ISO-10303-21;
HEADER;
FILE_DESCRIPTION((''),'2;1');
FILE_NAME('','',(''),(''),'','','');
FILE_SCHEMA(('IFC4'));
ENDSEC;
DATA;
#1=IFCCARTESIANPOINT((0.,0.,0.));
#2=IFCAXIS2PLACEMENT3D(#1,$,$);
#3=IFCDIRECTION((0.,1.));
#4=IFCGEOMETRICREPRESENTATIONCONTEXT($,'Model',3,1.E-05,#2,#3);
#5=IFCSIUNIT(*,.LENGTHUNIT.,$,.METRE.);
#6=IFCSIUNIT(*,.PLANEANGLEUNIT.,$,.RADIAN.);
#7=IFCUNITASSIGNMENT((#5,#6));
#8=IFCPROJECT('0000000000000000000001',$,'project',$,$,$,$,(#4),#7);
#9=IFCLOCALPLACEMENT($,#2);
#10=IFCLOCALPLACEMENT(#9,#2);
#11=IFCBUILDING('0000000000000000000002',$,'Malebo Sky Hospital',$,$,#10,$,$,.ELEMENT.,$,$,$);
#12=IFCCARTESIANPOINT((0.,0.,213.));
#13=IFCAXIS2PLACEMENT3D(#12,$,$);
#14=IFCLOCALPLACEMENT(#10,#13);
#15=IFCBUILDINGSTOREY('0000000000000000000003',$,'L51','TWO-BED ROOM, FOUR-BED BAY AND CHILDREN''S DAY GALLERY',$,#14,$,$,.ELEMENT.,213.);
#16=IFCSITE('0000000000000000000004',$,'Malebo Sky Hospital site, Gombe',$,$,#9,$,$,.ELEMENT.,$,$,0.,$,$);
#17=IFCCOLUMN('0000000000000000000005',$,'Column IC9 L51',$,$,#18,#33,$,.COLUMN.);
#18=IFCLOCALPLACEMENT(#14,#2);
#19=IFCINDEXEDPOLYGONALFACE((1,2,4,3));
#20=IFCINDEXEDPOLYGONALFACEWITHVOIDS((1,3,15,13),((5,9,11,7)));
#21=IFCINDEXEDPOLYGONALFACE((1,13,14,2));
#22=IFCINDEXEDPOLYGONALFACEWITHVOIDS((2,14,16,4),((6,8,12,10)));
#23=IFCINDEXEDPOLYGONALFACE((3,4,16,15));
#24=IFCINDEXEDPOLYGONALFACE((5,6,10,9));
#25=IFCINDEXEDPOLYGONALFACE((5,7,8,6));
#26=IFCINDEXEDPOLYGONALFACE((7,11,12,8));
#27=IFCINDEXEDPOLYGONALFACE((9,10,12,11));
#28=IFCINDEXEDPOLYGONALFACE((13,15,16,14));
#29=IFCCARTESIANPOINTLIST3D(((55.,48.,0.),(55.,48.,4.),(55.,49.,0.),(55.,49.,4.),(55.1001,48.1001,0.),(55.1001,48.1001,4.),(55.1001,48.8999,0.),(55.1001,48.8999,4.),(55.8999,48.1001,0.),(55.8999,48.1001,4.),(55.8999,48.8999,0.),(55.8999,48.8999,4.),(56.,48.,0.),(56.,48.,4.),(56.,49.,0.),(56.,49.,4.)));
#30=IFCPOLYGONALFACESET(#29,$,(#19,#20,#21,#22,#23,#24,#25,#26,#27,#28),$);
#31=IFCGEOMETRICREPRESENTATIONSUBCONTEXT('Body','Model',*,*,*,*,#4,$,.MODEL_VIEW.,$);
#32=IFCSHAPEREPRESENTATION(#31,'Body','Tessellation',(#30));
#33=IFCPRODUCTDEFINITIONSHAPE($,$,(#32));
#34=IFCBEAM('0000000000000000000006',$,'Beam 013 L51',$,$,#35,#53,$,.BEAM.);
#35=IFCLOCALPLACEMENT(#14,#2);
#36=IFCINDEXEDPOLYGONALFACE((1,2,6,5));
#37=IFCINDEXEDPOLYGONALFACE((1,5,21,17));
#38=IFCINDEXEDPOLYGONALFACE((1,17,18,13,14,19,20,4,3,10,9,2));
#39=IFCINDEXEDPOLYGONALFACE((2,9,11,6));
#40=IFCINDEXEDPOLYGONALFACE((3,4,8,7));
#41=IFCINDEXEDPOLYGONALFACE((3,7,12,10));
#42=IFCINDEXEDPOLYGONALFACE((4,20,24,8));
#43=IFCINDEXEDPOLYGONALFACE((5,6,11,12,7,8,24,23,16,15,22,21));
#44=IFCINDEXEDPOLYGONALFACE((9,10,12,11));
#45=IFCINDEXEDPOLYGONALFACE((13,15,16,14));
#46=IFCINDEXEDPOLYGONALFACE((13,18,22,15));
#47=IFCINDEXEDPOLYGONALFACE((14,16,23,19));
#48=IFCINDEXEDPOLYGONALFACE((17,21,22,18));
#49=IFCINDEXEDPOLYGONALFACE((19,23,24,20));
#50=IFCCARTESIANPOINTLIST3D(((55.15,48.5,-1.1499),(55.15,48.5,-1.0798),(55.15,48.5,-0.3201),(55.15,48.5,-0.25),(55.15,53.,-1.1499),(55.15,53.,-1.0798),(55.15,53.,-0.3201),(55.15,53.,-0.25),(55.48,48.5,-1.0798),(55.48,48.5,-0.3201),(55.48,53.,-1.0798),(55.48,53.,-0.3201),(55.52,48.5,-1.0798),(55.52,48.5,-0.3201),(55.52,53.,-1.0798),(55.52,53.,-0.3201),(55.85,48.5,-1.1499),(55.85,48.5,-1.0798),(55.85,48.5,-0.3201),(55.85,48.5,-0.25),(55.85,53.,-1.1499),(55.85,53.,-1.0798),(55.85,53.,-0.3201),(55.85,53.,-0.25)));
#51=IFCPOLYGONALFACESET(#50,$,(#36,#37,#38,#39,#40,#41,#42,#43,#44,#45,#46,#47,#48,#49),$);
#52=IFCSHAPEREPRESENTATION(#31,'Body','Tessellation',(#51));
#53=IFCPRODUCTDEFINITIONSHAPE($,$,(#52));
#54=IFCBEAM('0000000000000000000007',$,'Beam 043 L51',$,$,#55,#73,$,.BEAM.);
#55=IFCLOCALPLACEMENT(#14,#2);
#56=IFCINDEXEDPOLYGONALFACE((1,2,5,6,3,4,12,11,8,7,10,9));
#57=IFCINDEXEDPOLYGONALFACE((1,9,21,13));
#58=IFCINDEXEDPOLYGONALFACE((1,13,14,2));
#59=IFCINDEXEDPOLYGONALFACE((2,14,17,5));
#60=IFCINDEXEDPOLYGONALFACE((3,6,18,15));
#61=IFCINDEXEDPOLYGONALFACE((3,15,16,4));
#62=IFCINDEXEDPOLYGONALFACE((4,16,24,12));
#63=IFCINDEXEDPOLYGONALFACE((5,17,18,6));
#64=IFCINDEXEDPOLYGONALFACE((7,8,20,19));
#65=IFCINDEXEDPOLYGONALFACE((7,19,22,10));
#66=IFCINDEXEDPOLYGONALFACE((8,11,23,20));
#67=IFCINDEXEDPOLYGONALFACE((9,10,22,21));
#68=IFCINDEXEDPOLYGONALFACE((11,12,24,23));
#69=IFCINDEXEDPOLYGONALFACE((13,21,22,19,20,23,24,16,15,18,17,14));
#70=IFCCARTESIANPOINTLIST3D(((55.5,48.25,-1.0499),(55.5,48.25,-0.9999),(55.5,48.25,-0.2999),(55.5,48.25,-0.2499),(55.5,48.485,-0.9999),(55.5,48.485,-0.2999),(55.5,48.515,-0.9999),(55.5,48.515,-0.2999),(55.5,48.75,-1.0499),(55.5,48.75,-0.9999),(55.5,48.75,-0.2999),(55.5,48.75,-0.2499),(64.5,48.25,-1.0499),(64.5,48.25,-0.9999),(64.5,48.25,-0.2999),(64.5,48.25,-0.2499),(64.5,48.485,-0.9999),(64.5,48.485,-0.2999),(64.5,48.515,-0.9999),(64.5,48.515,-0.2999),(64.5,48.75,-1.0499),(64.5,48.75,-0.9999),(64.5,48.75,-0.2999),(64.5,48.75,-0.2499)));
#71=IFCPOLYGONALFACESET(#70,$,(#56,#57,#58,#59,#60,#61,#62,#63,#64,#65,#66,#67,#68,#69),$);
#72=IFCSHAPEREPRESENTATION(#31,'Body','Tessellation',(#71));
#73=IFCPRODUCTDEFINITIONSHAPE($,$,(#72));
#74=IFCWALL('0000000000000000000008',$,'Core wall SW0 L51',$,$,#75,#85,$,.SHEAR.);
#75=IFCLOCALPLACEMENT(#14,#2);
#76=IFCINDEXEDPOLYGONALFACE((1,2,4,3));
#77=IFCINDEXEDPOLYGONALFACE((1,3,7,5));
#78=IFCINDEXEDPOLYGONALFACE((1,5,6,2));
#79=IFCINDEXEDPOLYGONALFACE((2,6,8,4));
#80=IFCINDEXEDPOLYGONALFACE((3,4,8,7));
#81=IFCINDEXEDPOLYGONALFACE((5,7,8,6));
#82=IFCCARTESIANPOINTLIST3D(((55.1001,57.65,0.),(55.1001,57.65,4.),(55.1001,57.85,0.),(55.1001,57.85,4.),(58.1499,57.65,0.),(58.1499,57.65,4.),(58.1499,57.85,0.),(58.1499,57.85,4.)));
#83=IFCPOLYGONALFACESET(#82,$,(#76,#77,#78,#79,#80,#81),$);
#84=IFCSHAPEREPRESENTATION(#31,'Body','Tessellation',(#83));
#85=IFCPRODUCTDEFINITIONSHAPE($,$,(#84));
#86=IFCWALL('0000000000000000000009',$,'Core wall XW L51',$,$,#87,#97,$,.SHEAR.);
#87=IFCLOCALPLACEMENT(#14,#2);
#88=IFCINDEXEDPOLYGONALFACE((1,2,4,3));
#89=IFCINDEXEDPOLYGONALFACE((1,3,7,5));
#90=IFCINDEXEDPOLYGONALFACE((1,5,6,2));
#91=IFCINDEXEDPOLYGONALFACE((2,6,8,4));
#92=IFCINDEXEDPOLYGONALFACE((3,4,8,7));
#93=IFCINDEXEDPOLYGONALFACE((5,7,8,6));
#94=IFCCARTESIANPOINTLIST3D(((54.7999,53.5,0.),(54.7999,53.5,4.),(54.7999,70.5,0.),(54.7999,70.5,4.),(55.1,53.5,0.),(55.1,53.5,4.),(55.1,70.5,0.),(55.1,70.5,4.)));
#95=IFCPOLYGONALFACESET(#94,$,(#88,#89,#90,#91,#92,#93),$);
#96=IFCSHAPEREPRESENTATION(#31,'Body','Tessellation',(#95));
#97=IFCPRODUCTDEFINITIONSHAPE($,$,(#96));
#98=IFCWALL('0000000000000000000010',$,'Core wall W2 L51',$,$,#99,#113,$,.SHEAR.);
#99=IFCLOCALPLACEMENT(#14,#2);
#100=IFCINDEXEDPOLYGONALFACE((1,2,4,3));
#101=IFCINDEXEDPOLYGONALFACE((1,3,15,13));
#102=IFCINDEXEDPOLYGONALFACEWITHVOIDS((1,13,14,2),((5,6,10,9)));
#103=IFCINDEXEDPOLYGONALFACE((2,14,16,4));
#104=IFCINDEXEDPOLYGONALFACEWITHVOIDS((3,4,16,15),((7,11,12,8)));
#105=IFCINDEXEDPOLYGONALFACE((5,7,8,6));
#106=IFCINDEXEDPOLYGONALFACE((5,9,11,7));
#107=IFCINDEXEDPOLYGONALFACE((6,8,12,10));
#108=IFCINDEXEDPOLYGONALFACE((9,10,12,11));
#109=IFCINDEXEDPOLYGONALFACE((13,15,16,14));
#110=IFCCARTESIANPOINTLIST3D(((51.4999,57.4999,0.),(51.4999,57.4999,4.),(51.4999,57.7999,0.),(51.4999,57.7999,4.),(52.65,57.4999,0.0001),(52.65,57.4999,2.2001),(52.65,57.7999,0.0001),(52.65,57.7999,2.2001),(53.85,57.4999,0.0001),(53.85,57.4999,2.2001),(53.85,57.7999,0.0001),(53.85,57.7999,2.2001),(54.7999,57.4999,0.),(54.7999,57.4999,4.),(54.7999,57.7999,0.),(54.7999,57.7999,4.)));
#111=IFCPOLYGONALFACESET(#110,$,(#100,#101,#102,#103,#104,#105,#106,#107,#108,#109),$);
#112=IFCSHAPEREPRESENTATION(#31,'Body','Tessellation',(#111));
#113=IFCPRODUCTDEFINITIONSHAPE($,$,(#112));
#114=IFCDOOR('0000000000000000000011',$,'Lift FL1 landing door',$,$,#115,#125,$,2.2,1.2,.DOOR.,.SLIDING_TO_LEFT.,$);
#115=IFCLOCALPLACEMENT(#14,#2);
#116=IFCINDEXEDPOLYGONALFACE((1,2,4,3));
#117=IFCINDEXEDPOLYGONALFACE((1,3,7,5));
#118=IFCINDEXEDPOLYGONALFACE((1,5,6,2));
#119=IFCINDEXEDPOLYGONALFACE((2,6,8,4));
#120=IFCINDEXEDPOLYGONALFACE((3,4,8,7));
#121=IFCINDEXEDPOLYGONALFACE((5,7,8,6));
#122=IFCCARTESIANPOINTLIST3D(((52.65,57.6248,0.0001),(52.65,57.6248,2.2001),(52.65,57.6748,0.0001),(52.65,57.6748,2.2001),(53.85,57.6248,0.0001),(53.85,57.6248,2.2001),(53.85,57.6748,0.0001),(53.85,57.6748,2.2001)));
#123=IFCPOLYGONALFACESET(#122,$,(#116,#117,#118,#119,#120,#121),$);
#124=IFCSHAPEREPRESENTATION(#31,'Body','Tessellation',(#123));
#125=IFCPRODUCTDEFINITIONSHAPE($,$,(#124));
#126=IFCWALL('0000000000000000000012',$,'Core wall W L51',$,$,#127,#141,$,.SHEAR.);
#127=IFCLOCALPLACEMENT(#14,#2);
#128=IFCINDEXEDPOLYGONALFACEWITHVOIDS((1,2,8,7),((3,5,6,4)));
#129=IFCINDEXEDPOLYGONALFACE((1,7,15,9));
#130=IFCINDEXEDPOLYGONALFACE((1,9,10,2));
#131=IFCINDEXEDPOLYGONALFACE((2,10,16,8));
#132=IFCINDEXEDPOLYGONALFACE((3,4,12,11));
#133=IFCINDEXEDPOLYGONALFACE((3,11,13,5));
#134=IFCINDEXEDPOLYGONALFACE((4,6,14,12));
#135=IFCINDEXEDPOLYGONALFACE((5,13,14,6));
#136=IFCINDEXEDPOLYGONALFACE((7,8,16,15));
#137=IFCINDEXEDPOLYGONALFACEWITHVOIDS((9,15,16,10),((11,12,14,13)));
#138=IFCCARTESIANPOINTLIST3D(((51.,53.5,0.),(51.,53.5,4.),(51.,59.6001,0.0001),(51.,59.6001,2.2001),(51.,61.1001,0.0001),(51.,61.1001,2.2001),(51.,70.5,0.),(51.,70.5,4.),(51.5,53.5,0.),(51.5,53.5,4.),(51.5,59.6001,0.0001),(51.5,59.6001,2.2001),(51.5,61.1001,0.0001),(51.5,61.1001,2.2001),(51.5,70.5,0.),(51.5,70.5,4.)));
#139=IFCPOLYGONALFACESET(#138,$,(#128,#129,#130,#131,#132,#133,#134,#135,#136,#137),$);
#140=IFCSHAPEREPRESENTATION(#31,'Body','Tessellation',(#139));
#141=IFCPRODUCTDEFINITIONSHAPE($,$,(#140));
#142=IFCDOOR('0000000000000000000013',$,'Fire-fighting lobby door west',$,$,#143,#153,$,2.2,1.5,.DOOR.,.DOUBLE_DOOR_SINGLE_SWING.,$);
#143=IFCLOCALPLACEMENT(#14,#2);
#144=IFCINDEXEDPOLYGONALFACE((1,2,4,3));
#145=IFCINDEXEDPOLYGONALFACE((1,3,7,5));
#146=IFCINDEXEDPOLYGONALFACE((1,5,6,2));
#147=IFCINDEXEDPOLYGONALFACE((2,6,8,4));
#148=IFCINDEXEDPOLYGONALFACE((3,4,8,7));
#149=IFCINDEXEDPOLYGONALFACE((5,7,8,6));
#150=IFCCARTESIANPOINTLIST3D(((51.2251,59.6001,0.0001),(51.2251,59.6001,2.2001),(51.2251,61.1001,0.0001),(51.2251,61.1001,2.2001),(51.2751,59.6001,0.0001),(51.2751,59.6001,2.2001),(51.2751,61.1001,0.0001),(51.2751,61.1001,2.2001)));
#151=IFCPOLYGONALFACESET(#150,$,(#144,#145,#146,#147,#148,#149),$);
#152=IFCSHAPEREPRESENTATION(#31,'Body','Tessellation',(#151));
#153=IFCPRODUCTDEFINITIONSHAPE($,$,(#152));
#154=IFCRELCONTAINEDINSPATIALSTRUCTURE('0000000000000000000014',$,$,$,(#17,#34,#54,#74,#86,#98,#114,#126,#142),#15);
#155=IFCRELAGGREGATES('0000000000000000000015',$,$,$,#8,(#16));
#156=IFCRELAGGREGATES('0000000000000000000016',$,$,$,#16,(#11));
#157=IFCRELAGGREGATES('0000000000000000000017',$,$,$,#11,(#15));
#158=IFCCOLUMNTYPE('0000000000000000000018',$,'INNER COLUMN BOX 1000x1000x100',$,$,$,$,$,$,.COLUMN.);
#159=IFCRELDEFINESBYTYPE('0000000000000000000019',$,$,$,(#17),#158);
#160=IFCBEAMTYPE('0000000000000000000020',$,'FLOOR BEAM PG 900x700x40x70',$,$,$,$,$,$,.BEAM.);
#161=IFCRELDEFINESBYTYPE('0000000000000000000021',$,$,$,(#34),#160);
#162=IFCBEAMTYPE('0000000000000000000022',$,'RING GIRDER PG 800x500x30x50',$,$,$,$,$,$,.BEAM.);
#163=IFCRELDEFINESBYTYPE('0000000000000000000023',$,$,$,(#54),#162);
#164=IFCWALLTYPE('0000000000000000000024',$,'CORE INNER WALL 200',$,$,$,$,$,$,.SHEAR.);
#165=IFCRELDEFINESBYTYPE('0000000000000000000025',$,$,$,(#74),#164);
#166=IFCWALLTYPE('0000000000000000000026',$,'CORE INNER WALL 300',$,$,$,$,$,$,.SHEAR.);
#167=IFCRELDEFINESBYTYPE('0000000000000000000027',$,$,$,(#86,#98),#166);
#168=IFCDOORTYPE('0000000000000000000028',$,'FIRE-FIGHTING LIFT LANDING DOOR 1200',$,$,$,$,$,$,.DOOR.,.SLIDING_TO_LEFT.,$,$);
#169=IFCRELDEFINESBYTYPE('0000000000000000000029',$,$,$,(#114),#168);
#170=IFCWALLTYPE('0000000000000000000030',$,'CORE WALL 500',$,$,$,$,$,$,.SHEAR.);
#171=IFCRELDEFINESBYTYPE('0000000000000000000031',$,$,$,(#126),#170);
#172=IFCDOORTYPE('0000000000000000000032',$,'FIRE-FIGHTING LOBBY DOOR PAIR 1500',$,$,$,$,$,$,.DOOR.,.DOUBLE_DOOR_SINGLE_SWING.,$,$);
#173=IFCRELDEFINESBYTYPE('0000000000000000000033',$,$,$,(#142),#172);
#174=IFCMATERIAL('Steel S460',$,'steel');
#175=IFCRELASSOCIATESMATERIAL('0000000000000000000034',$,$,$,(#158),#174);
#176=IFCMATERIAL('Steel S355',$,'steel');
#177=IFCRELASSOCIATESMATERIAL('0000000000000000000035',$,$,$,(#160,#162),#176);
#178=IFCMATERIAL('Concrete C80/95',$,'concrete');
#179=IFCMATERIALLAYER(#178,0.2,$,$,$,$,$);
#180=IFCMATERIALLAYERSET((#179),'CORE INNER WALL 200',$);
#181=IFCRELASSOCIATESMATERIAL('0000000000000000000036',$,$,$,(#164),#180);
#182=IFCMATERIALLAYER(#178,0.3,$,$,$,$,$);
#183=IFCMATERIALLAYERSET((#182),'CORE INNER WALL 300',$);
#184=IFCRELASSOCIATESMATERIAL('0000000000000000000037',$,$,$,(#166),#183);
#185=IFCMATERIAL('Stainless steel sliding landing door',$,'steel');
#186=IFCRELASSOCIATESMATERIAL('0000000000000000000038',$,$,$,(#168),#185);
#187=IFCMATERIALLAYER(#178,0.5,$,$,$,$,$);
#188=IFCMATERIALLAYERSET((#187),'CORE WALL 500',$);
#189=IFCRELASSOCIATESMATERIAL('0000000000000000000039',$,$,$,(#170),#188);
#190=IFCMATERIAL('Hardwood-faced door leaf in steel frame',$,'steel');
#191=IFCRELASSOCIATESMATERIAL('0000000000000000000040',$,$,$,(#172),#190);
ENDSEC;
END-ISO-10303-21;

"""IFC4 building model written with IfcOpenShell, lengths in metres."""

from ifc_helpers import new_model, si_unit, direction, frame, frame_2d, origin, origin_2d, place, context, subcontext, project, spatial, rectangle, hollow_rectangle, i_section, extrude, material, layer, layer_set, material_profile, profile_set, type_object, element, fill, save


model = new_model("IFC4")

# Units and contexts
model_context = context("Model", 3, precision=1e-05, world=origin(), true_north=direction((0.0, 1.0)))
body_context = subcontext(model_context, "Body", "Model", "MODEL_VIEW")
ifc_project = project(units=[si_unit("LENGTHUNIT", "METRE"), si_unit("PLANEANGLEUNIT", "RADIAN")], contexts=[model_context])

# Site, building, storey
site_placement = place(None, origin())
site = spatial("IfcSite", under=ifc_project, at=site_placement, Name="Malebo Sky Hospital site, Gombe", CompositionType="ELEMENT", RefElevation=0.0)
building_placement = place(site_placement, origin())
building = spatial("IfcBuilding", under=site, at=building_placement, Name="Malebo Sky Hospital", CompositionType="ELEMENT")
storey_placement = place(building_placement, frame((0.0, 0.0, 213.0)))
storey = spatial("IfcBuildingStorey", under=building, at=storey_placement, Name="L51", Description="TWO-BED ROOM, FOUR-BED BAY AND CHILDREN'S DAY GALLERY", CompositionType="ELEMENT", Elevation=213.0)

# Column
ifc_material_1 = material(Name="Steel S460", Category="steel")
ifc_material_profile_1 = material_profile(ifc_material_1, hollow_rectangle(XDim=1.0, YDim=1.0, WallThickness=0.1001, at=origin_2d()), Name="BOX 1000x1000x100")
ifc_profile_set_1 = profile_set([ifc_material_profile_1], Name="Steel S460")
column_type = type_object("IfcColumnType", Name="INNER COLUMN BOX 1000x1000x100", PredefinedType="COLUMN", material=ifc_profile_set_1)
column_placement = place(storey_placement, frame((55.5, 48.5, 0.0), z_axis=(0.0, 0.0, 1.0), x_axis=(1.0, 0.0, 0.0)))
element("IfcColumn", 1, at=column_placement, inside=storey, type_object=column_type, Name="Column IC9 L51", PredefinedType="COLUMN", context=body_context, shape_type="SweptSolid", body=[
    extrude(hollow_rectangle(XDim=1.0, YDim=1.0, WallThickness=0.1001, at=origin_2d()), origin(), (0.0, 0.0, 1.0), 4.0),
])

# Beams
ifc_material_2 = material(Name="Steel S355", Category="steel")
ifc_material_profile_2 = material_profile(ifc_material_2, i_section(OverallWidth=0.7, OverallDepth=0.8999, WebThickness=0.04, FlangeThickness=0.0701, at=origin_2d()), Name="PG 900x700x40x70")
ifc_profile_set_2 = profile_set([ifc_material_profile_2], Name="Steel S355")
beam_type_1 = type_object("IfcBeamType", Name="FLOOR BEAM PG 900x700x40x70", PredefinedType="BEAM", material=ifc_profile_set_2)
beam_1_placement = place(storey_placement, frame((55.5, 48.5, -0.7), z_axis=(0.0, 1.0, 0.0), x_axis=(-1.0, 0.0, 0.0)))
element("IfcBeam", 2, at=beam_1_placement, inside=storey, type_object=beam_type_1, Name="Beam 013 L51", PredefinedType="BEAM", context=body_context, shape_type="SweptSolid", body=[
    extrude(i_section(OverallWidth=0.7, OverallDepth=0.8999, WebThickness=0.04, FlangeThickness=0.0701, at=origin_2d()), origin(), (0.0, 0.0, 1.0), 4.5),
])
ifc_material_profile_3 = material_profile(ifc_material_2, i_section(OverallWidth=0.5, OverallDepth=0.8, WebThickness=0.03, FlangeThickness=0.05, at=origin_2d()), Name="PG 800x500x30x50")
ifc_profile_set_3 = profile_set([ifc_material_profile_3], Name="Steel S355")
beam_type_2 = type_object("IfcBeamType", Name="RING GIRDER PG 800x500x30x50", PredefinedType="BEAM", material=ifc_profile_set_3)
beam_2_placement = place(storey_placement, frame((55.5, 48.5, -0.6499), z_axis=(1.0, 0.0, 0.0), x_axis=(0.0, 1.0, 0.0)))
element("IfcBeam", 3, at=beam_2_placement, inside=storey, type_object=beam_type_2, Name="Beam 043 L51", PredefinedType="BEAM", context=body_context, shape_type="SweptSolid", body=[
    extrude(i_section(OverallWidth=0.5, OverallDepth=0.8, WebThickness=0.03, FlangeThickness=0.05, at=origin_2d()), origin(), (0.0, 0.0, 1.0), 9.0),
])

# Walls
ifc_material_3 = material(Name="Concrete C80/95", Category="concrete")
ifc_layer_1 = layer(ifc_material_3, 0.2)
ifc_layer_set_1 = layer_set([ifc_layer_1], Name="CORE INNER WALL 200")
wall_type_1 = type_object("IfcWallType", Name="CORE INNER WALL 200", PredefinedType="SHEAR", material=ifc_layer_set_1)
wall_1_placement = place(storey_placement, frame((55.1001, 57.75, 0.0), z_axis=(0.0, 0.0, 1.0), x_axis=(1.0, 0.0, 0.0)))
element("IfcWall", 4, at=wall_1_placement, inside=storey, type_object=wall_type_1, Name="Core wall SW0 L51", PredefinedType="SHEAR", context=body_context, shape_type="SweptSolid", body=[
    extrude(rectangle(XDim=3.0498, YDim=0.2, at=frame_2d((1.5249, 0.0))), origin(), (0.0, 0.0, 1.0), 4.0),
])
ifc_layer_2 = layer(ifc_material_3, 0.3)
ifc_layer_set_2 = layer_set([ifc_layer_2], Name="CORE INNER WALL 300")
wall_type_2 = type_object("IfcWallType", Name="CORE INNER WALL 300", PredefinedType="SHEAR", material=ifc_layer_set_2)
wall_2_placement = place(storey_placement, frame((54.95, 53.5, 0.0), z_axis=(0.0, 0.0, 1.0), x_axis=(0.0, 1.0, 0.0)))
element("IfcWall", 5, at=wall_2_placement, inside=storey, type_object=wall_type_2, Name="Core wall XW L51", PredefinedType="SHEAR", context=body_context, shape_type="SweptSolid", body=[
    extrude(rectangle(XDim=17.0, YDim=0.3, at=frame_2d((8.5, 0.0))), origin(), (0.0, 0.0, 1.0), 4.0),
])

# Walls, openings, doors
wall_3_placement = place(storey_placement, frame((51.5, 57.6499, 0.0), z_axis=(0.0, 0.0, 1.0), x_axis=(1.0, 0.0, 0.0)))
wall_3 = element("IfcWall", 6, at=wall_3_placement, inside=storey, type_object=wall_type_2, Name="Core wall W2 L51", PredefinedType="SHEAR", context=body_context, shape_type="SweptSolid", body=[
    extrude(rectangle(XDim=3.3, YDim=0.3, at=frame_2d((1.6499, 0.0))), origin(), (0.0, 0.0, 1.0), 4.0),
])
opening_1_placement = place(wall_3_placement, frame((1.1499, 0.0, 0.0)))
opening_1 = element("IfcOpeningElement", 7, at=opening_1_placement, cuts=wall_3, PredefinedType="OPENING", context=body_context, shape_type="SweptSolid", body=[
    extrude(rectangle(XDim=1.2, YDim=2.2, at=frame_2d((0.6001, 1.1001))), frame((0.0, 0.1599, 0.0), z_axis=(0.0, -1.0, 0.0), x_axis=(1.0, 0.0, 0.0)), (0.0, 0.0, 1.0), 0.3201),
])
ifc_material_4 = material(Name="Stainless steel sliding landing door", Category="steel")
door_type_1 = type_object("IfcDoorType", Name="FIRE-FIGHTING LIFT LANDING DOOR 1200", OperationType="SLIDING_TO_LEFT", PredefinedType="DOOR", material=ifc_material_4)
door_1_placement = place(opening_1_placement, origin())
door_1 = element("IfcDoor", 8, at=door_1_placement, inside=storey, type_object=door_type_1, Name="Lift FL1 landing door", OperationType="SLIDING_TO_LEFT", OverallHeight=2.2, OverallWidth=1.2, PredefinedType="DOOR", context=body_context, shape_type="SweptSolid", body=[
    extrude(rectangle(XDim=1.2, YDim=2.2, at=frame_2d((0.6001, 1.1001))), frame((0.0, 0.0249, 0.0), z_axis=(0.0, -1.0, 0.0), x_axis=(1.0, 0.0, 0.0)), (0.0, 0.0, 1.0), 0.05),
])
fill(opening_1, door_1)
ifc_layer_3 = layer(ifc_material_3, 0.5)
ifc_layer_set_3 = layer_set([ifc_layer_3], Name="CORE WALL 500")
wall_type_3 = type_object("IfcWallType", Name="CORE WALL 500", PredefinedType="SHEAR", material=ifc_layer_set_3)
wall_4_placement = place(storey_placement, frame((51.25, 53.5, 0.0), z_axis=(0.0, 0.0, 1.0), x_axis=(0.0, 1.0, 0.0)))
wall_4 = element("IfcWall", 9, at=wall_4_placement, inside=storey, type_object=wall_type_3, Name="Core wall W L51", PredefinedType="SHEAR", context=body_context, shape_type="SweptSolid", body=[
    extrude(rectangle(XDim=17.0, YDim=0.5, at=frame_2d((8.5, 0.0))), origin(), (0.0, 0.0, 1.0), 4.0),
])
opening_2_placement = place(wall_4_placement, frame((6.1001, 0.0, 0.0)))
opening_2 = element("IfcOpeningElement", 10, at=opening_2_placement, cuts=wall_4, PredefinedType="OPENING", context=body_context, shape_type="SweptSolid", body=[
    extrude(rectangle(XDim=1.5, YDim=2.2, at=frame_2d((0.75, 1.1001))), frame((0.0, 0.26, 0.0), z_axis=(0.0, -1.0, 0.0), x_axis=(1.0, 0.0, 0.0)), (0.0, 0.0, 1.0), 0.52),
])
ifc_material_5 = material(Name="Hardwood-faced door leaf in steel frame", Category="steel")
door_type_2 = type_object("IfcDoorType", Name="FIRE-FIGHTING LOBBY DOOR PAIR 1500", OperationType="DOUBLE_DOOR_SINGLE_SWING", PredefinedType="DOOR", material=ifc_material_5)
door_2_placement = place(opening_2_placement, origin())
door_2 = element("IfcDoor", 11, at=door_2_placement, inside=storey, type_object=door_type_2, Name="Fire-fighting lobby door west", OperationType="DOUBLE_DOOR_SINGLE_SWING", OverallHeight=2.2, OverallWidth=1.5, PredefinedType="DOOR", context=body_context, shape_type="SweptSolid", body=[
    extrude(rectangle(XDim=1.5, YDim=2.2, at=frame_2d((0.75, 1.1001))), frame((0.0, 0.0249, 0.0), z_axis=(0.0, -1.0, 0.0), x_axis=(1.0, 0.0, 0.0)), (0.0, 0.0, 1.0), 0.05),
])
fill(opening_2, door_2)

save(model, "model.ifc")
